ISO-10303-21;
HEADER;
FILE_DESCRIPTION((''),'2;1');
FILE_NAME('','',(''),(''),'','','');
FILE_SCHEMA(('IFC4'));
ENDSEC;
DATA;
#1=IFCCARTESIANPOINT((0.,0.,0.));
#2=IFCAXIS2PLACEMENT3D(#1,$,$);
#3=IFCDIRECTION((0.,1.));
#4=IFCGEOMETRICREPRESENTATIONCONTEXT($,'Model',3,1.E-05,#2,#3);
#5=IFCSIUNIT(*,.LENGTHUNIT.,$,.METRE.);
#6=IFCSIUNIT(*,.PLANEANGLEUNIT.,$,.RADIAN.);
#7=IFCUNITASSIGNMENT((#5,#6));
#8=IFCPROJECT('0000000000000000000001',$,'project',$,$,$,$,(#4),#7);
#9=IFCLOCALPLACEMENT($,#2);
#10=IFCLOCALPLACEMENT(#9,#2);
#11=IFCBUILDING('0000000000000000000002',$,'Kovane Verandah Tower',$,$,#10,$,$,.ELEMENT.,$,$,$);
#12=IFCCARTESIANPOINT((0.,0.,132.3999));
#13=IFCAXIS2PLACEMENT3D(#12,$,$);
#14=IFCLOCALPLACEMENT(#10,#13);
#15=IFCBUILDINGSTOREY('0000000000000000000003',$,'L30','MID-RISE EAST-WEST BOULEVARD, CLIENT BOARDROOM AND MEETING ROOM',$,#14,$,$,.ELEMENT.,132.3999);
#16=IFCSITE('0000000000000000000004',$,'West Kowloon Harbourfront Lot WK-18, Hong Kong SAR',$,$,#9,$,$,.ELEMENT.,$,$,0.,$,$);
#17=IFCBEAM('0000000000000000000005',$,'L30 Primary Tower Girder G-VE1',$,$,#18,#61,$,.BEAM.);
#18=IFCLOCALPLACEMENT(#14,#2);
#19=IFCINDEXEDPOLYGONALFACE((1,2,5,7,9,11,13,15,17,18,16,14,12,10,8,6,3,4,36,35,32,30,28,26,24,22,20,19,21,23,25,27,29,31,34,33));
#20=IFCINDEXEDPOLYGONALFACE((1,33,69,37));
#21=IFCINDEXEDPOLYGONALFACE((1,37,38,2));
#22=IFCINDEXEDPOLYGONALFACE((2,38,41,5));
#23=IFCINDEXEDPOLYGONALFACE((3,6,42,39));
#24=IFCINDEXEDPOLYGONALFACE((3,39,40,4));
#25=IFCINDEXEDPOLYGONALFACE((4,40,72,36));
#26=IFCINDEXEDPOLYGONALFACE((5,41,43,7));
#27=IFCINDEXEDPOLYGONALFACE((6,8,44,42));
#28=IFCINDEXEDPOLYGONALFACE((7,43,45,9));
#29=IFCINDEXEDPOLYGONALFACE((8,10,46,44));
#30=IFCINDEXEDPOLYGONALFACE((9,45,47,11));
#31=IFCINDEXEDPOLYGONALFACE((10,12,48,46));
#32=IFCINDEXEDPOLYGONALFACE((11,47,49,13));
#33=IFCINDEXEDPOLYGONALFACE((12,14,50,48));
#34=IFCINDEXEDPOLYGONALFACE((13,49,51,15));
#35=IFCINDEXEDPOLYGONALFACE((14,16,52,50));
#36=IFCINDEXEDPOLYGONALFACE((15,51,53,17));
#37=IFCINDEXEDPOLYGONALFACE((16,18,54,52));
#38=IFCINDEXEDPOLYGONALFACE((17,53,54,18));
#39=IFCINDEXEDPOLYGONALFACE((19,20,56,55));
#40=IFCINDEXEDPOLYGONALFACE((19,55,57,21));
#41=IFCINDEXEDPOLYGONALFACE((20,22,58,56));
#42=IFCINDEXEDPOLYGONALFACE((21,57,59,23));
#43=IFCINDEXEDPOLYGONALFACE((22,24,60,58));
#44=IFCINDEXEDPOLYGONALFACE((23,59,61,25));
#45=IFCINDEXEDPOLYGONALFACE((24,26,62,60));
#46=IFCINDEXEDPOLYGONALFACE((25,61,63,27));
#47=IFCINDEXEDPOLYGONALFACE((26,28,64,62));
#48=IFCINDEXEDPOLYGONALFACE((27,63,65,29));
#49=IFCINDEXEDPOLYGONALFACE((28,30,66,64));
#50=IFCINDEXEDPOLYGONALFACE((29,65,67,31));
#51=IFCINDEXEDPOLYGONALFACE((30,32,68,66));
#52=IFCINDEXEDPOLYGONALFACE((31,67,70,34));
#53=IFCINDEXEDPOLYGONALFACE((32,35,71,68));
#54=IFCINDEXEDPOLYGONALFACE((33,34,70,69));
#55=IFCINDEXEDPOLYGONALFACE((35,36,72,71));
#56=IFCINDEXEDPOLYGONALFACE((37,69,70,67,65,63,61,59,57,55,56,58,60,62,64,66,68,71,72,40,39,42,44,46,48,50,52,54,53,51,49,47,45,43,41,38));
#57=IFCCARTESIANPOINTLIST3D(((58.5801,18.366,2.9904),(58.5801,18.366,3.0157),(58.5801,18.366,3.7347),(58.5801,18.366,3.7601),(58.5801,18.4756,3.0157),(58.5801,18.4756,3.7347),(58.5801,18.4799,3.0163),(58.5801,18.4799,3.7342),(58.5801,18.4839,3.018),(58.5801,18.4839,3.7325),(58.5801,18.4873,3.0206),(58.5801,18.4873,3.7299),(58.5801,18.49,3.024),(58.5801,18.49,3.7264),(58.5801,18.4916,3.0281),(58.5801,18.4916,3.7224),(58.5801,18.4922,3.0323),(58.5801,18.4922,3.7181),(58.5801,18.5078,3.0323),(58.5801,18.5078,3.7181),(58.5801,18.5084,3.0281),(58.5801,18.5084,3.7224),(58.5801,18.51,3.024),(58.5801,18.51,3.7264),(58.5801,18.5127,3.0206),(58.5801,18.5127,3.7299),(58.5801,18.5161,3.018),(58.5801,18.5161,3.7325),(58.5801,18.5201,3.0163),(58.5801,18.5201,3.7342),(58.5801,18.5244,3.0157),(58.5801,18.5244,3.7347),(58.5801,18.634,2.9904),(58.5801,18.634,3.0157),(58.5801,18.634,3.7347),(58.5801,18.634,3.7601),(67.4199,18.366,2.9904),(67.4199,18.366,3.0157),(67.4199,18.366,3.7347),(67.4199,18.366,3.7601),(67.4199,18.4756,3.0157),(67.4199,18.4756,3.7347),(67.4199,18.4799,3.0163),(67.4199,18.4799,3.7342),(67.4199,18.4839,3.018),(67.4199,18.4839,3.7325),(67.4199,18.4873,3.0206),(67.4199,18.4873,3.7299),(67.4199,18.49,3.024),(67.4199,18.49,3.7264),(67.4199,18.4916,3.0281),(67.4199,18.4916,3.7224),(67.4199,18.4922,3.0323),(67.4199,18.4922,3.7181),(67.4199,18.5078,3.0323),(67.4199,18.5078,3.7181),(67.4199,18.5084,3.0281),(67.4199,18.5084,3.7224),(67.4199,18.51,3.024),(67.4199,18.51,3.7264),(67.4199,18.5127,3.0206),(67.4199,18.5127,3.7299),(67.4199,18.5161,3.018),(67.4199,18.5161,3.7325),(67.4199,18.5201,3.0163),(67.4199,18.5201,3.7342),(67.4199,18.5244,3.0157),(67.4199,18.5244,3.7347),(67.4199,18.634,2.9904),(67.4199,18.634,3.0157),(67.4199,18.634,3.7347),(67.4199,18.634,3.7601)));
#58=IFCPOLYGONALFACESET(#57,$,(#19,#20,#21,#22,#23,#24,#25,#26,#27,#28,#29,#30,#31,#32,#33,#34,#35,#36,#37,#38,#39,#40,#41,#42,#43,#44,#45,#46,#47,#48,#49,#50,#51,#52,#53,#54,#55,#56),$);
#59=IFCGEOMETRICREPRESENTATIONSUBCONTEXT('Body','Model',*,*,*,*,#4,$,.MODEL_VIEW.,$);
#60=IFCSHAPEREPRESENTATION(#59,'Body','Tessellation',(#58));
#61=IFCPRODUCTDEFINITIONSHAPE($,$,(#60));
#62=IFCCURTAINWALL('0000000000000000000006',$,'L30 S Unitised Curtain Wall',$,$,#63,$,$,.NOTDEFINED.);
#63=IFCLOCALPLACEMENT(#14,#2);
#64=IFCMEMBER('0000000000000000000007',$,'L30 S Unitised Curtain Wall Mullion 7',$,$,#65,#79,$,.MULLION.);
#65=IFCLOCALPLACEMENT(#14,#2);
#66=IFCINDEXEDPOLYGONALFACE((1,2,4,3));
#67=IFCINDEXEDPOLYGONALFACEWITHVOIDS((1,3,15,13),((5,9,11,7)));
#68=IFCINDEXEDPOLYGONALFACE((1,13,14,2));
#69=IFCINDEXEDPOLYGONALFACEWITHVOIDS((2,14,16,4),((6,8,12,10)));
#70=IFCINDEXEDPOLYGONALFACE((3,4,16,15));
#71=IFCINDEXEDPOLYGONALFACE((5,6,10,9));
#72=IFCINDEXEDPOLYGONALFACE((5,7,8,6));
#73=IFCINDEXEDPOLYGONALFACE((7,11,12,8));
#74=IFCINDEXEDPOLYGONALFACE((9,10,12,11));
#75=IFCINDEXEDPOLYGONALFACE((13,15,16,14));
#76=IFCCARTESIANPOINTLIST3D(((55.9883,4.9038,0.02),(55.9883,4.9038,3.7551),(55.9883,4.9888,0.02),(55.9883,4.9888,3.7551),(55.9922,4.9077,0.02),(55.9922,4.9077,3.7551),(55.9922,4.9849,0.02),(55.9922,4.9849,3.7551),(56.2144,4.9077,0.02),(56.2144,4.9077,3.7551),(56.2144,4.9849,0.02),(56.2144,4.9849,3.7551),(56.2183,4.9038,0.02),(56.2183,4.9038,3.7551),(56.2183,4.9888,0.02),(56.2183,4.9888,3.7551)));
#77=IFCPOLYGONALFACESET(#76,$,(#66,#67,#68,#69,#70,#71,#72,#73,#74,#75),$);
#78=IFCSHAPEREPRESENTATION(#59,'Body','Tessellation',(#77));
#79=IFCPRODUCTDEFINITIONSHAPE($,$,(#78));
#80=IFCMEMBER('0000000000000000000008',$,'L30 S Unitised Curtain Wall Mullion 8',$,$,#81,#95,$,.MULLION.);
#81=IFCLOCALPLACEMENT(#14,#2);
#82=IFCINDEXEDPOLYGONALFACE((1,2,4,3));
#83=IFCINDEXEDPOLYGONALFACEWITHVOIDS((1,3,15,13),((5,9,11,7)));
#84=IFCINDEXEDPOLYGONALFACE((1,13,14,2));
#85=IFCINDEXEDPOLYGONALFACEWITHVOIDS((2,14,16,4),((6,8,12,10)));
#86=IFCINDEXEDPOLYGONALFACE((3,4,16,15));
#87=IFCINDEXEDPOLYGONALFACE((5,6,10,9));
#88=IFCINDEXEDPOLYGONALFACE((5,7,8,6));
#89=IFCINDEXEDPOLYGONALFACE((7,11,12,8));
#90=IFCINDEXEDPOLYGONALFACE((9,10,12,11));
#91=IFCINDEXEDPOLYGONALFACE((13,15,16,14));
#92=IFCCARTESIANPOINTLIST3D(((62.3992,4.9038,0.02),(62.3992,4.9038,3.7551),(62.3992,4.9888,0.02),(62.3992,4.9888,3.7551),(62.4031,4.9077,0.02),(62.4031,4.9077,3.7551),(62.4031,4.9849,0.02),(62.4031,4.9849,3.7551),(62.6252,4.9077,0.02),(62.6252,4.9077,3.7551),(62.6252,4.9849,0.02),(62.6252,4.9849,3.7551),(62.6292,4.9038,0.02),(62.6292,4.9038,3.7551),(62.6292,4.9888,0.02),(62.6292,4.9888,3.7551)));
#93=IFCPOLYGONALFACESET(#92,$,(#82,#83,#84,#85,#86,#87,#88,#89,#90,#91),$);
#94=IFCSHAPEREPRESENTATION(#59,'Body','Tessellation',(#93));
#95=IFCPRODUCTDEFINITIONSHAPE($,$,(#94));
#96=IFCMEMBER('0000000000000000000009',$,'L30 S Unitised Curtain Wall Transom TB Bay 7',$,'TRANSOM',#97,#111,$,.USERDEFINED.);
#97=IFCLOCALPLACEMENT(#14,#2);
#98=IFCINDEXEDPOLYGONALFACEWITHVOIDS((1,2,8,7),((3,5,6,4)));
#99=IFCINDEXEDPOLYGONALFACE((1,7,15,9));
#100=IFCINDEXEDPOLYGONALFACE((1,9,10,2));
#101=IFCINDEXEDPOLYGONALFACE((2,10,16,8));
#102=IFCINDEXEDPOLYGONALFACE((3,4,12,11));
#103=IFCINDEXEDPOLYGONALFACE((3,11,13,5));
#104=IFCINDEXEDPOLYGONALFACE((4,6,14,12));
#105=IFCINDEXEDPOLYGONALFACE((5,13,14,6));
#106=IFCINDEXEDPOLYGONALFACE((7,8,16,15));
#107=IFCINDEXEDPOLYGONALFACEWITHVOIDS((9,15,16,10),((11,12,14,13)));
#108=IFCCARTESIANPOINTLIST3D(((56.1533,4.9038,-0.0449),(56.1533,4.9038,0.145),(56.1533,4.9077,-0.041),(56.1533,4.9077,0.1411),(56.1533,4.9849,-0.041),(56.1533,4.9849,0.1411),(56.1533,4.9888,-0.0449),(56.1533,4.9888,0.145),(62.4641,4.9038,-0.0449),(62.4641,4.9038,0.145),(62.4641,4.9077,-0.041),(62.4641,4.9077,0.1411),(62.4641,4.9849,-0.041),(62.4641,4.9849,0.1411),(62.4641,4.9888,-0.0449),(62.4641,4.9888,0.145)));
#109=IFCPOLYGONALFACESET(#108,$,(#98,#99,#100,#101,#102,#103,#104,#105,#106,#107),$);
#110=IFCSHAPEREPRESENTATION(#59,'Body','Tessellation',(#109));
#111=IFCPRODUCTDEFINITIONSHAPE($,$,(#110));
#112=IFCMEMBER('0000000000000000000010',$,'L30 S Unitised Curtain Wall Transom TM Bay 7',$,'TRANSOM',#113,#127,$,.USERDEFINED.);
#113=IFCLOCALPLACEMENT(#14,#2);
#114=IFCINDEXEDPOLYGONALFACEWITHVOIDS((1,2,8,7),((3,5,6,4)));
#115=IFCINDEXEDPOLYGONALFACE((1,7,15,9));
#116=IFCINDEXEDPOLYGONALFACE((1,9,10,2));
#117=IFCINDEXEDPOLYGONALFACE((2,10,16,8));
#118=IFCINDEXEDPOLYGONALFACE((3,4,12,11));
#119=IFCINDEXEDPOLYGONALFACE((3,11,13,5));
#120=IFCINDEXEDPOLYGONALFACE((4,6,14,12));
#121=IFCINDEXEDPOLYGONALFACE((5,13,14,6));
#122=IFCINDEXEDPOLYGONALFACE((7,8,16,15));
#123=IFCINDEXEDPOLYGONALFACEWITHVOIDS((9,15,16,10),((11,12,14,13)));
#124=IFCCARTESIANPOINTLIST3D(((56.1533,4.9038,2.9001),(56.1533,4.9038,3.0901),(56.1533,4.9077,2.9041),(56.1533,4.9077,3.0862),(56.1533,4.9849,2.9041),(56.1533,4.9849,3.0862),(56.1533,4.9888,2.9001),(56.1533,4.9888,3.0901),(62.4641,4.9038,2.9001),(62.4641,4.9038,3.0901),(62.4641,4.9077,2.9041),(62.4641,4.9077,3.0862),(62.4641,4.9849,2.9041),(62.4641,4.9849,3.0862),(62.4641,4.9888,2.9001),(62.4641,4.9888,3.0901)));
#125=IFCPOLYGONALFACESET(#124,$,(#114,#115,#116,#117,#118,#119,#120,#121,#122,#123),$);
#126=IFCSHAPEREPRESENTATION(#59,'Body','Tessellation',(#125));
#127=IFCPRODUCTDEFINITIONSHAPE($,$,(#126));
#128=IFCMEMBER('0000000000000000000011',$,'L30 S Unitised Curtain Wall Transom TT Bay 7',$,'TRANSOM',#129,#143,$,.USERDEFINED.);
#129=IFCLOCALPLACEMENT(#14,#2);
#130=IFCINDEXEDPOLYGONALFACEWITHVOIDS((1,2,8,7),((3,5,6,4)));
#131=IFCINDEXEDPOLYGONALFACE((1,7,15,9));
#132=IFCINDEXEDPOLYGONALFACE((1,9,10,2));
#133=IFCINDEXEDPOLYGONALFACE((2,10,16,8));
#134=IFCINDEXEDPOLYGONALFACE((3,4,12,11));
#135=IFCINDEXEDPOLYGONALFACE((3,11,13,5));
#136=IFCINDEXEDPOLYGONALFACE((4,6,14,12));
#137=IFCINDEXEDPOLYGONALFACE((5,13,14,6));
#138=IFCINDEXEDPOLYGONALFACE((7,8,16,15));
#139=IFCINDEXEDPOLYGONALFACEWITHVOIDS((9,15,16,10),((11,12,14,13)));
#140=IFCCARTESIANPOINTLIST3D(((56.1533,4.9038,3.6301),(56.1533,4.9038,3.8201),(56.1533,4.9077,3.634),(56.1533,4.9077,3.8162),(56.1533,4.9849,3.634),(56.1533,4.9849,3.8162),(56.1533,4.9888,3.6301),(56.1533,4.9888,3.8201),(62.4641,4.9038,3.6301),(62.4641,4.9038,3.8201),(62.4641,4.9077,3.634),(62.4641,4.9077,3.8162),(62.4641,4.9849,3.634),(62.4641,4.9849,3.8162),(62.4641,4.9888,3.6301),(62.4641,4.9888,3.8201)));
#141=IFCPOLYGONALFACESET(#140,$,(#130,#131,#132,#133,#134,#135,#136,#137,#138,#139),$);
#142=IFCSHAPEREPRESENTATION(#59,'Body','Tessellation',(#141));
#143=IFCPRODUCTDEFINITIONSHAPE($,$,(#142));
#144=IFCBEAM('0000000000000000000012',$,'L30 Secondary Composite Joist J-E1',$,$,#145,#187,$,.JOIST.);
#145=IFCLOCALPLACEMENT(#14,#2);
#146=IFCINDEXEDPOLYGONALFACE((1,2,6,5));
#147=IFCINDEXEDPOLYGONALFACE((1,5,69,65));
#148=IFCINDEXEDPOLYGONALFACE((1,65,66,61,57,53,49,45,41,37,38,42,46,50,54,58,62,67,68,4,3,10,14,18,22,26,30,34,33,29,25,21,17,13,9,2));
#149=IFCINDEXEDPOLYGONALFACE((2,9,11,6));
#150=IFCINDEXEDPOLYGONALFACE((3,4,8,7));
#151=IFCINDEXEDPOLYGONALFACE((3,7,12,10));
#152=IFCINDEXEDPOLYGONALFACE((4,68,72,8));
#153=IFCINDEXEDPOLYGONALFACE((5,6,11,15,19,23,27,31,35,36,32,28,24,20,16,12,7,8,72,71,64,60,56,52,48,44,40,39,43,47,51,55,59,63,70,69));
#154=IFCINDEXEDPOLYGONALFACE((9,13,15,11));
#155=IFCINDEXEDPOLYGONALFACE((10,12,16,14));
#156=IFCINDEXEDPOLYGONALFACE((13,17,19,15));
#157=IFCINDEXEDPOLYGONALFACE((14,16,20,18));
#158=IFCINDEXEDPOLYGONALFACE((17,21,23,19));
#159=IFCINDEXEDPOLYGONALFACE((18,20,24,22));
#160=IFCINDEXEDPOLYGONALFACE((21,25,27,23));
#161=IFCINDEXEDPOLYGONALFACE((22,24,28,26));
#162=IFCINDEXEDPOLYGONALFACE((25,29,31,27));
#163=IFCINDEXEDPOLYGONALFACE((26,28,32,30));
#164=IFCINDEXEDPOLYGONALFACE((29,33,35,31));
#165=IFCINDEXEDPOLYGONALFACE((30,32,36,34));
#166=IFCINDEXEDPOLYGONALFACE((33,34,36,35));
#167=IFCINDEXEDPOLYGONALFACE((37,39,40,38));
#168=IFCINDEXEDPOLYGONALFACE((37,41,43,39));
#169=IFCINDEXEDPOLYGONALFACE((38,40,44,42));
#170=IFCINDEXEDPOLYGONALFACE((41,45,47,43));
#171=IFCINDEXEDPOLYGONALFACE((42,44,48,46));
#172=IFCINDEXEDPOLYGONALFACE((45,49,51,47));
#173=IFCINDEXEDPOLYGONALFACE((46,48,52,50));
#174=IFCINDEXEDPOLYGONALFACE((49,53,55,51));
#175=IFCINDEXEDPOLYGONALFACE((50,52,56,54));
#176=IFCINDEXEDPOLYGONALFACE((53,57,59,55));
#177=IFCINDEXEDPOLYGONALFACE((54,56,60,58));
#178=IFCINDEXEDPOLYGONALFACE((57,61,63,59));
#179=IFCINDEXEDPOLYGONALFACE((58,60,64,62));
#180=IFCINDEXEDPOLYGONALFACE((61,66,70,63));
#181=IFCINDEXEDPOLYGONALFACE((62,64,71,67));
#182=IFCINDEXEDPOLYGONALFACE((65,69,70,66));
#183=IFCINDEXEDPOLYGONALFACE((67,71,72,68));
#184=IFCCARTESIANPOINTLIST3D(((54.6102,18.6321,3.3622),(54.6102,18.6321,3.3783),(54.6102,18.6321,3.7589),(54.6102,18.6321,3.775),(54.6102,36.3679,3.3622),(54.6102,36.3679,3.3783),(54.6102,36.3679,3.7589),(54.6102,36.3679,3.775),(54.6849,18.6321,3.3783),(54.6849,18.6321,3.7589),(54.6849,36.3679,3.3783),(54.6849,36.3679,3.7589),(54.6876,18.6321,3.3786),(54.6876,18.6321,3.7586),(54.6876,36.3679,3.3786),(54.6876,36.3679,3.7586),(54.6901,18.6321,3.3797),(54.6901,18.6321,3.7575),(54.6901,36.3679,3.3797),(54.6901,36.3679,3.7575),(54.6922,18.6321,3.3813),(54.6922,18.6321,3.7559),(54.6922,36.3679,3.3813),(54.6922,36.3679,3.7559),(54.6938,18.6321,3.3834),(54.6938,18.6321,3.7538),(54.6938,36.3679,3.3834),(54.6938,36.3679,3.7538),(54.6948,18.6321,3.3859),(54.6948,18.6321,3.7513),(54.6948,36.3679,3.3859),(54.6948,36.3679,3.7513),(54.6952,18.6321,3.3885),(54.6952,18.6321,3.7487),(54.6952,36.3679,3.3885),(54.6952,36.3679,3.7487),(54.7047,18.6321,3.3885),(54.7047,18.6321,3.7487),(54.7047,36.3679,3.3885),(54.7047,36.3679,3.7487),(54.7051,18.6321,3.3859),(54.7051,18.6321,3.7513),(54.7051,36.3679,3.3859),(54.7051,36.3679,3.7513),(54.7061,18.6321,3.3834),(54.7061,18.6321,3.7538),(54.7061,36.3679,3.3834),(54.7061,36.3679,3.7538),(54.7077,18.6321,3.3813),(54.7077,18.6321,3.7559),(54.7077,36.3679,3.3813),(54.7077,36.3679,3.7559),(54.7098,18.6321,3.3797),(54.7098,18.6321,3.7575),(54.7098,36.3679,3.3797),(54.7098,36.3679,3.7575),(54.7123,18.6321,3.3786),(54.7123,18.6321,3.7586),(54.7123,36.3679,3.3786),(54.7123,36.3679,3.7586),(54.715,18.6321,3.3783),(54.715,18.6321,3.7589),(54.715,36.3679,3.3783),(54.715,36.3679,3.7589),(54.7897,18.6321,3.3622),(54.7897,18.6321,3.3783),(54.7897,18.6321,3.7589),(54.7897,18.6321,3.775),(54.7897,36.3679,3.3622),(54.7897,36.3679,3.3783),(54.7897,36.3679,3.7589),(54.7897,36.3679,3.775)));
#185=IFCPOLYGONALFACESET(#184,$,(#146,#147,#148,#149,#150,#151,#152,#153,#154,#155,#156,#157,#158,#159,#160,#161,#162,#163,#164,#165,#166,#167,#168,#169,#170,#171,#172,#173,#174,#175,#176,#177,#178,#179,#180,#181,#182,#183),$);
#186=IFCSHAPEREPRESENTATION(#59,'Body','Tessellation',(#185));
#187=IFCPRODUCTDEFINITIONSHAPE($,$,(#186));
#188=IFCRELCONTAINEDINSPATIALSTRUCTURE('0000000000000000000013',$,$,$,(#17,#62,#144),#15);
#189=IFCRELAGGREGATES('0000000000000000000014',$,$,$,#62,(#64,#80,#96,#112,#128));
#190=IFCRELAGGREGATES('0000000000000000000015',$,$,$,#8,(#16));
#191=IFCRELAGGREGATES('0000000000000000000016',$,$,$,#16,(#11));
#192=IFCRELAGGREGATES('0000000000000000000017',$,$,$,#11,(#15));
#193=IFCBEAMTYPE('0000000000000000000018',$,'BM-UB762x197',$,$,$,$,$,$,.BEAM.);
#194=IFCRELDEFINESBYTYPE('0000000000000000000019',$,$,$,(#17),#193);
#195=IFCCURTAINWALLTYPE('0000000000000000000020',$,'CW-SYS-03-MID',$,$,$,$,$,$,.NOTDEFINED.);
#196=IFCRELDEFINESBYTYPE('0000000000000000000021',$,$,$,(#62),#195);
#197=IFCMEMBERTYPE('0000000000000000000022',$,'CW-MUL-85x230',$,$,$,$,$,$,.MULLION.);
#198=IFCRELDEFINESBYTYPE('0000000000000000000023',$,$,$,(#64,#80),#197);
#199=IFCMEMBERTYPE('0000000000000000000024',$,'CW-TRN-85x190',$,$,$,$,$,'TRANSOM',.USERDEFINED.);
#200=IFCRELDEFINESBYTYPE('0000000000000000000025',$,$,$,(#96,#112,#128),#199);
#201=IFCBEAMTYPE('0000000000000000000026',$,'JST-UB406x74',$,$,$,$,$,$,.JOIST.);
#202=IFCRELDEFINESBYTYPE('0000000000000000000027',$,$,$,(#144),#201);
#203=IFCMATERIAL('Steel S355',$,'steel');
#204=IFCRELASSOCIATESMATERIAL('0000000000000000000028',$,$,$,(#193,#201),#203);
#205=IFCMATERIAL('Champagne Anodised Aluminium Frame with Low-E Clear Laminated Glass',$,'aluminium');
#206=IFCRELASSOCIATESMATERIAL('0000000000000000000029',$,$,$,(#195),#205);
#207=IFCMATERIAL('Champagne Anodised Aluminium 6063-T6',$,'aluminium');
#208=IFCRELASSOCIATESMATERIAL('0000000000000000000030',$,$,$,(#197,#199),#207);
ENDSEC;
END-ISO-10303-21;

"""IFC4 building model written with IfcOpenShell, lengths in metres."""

from ifc_helpers import new_model, si_unit, direction, frame, origin, origin_2d, place, context, subcontext, project, spatial, hollow_rectangle, i_section, extrude, material, material_profile, profile_set, type_object, element, aggregate, save


model = new_model("IFC4")

# Units and contexts
model_context = context("Model", 3, precision=1e-05, world=origin(), true_north=direction((0.0, 1.0)))
body_context = subcontext(model_context, "Body", "Model", "MODEL_VIEW")
ifc_project = project(units=[si_unit("LENGTHUNIT", "METRE"), si_unit("PLANEANGLEUNIT", "RADIAN")], contexts=[model_context])

# Site, building, storey
site_placement = place(None, origin())
site = spatial("IfcSite", under=ifc_project, at=site_placement, Name="West Kowloon Harbourfront Lot WK-18, Hong Kong SAR", CompositionType="ELEMENT", RefElevation=0.0)
building_placement = place(site_placement, origin())
building = spatial("IfcBuilding", under=site, at=building_placement, Name="Kovane Verandah Tower", CompositionType="ELEMENT")
storey_placement = place(building_placement, frame((0.0, 0.0, 132.3999)))
storey = spatial("IfcBuildingStorey", under=building, at=storey_placement, Name="L30", Description="MID-RISE EAST-WEST BOULEVARD, CLIENT BOARDROOM AND MEETING ROOM", CompositionType="ELEMENT", Elevation=132.3999)

# Beam
ifc_material_1 = material(Name="Steel S355", Category="steel")
ifc_material_profile_1 = material_profile(ifc_material_1, i_section(OverallWidth=0.2681, OverallDepth=0.7698, WebThickness=0.0156, FlangeThickness=0.0254, FilletRadius=0.0166, at=origin_2d()), Name="UB762x267x197")
ifc_profile_set_1 = profile_set([ifc_material_profile_1], Name="Steel S355")
beam_type_1 = type_object("IfcBeamType", Name="BM-UB762x197", PredefinedType="BEAM", material=ifc_profile_set_1)
beam_1_placement = place(storey_placement, frame((58.5801, 18.5, 3.3752), z_axis=(1.0, 0.0, 0.0), x_axis=(0.0, 1.0, 0.0)))
element("IfcBeam", 1, at=beam_1_placement, inside=storey, type_object=beam_type_1, Name="L30 Primary Tower Girder G-VE1", PredefinedType="BEAM", context=body_context, shape_type="SweptSolid", body=[
    extrude(i_section(OverallWidth=0.2681, OverallDepth=0.7698, WebThickness=0.0156, FlangeThickness=0.0254, FilletRadius=0.0166, at=origin_2d()), origin(), (0.0, 0.0, 1.0), 8.8398),
])

# Curtain wall, members
ifc_material_2 = material(Name="Champagne Anodised Aluminium Frame with Low-E Clear Laminated Glass", Category="aluminium")
curtain_wall_type = type_object("IfcCurtainWallType", Name="CW-SYS-03-MID", PredefinedType="NOTDEFINED", material=ifc_material_2)
curtain_wall_placement = place(storey_placement, origin())
curtain_wall = element("IfcCurtainWall", 2, at=curtain_wall_placement, inside=storey, type_object=curtain_wall_type, Name="L30 S Unitised Curtain Wall", PredefinedType="NOTDEFINED")
ifc_material_3 = material(Name="Champagne Anodised Aluminium 6063-T6", Category="aluminium")
ifc_material_profile_2 = material_profile(ifc_material_3, hollow_rectangle(XDim=0.085, YDim=0.23, WallThickness=0.0039, at=origin_2d()), Name="AL85x230x4")
ifc_profile_set_2 = profile_set([ifc_material_profile_2], Name="Champagne Anodised Aluminium 6063-T6")
member_type_1 = type_object("IfcMemberType", Name="CW-MUL-85x230", PredefinedType="MULLION", material=ifc_profile_set_2)
member_1_placement = place(storey_placement, frame((56.1033, 4.9463, 0.02), z_axis=(0.0, 0.0, 1.0), x_axis=(0.0, -1.0, 0.0)))
member_1 = element("IfcMember", 3, at=member_1_placement, type_object=member_type_1, Name="L30 S Unitised Curtain Wall Mullion 7", PredefinedType="MULLION", context=body_context, shape_type="SweptSolid", body=[
    extrude(hollow_rectangle(XDim=0.085, YDim=0.23, WallThickness=0.0039, at=origin_2d()), origin(), (0.0, 0.0, 1.0), 3.7351),
])
member_2_placement = place(storey_placement, frame((62.5142, 4.9463, 0.02), z_axis=(0.0, 0.0, 1.0), x_axis=(0.0, -1.0, 0.0)))
member_2 = element("IfcMember", 4, at=member_2_placement, type_object=member_type_1, Name="L30 S Unitised Curtain Wall Mullion 8", PredefinedType="MULLION", context=body_context, shape_type="SweptSolid", body=[
    extrude(hollow_rectangle(XDim=0.085, YDim=0.23, WallThickness=0.0039, at=origin_2d()), origin(), (0.0, 0.0, 1.0), 3.7351),
])
ifc_material_profile_3 = material_profile(ifc_material_3, hollow_rectangle(XDim=0.085, YDim=0.1899, WallThickness=0.0039, at=origin_2d()), Name="AL85x190x4")
ifc_profile_set_3 = profile_set([ifc_material_profile_3], Name="Champagne Anodised Aluminium 6063-T6")
member_type_2 = type_object("IfcMemberType", Name="CW-TRN-85x190", ElementType="TRANSOM", PredefinedType="USERDEFINED", material=ifc_profile_set_3)
member_3_placement = place(storey_placement, frame((56.1533, 4.9463, 0.05), z_axis=(1.0, 0.0, 0.0), x_axis=(0.0, 1.0, 0.0)))
member_3 = element("IfcMember", 5, at=member_3_placement, type_object=member_type_2, Name="L30 S Unitised Curtain Wall Transom TB Bay 7", ObjectType="TRANSOM", PredefinedType="USERDEFINED", context=body_context, shape_type="SweptSolid", body=[
    extrude(hollow_rectangle(XDim=0.085, YDim=0.1899, WallThickness=0.0039, at=origin_2d()), origin(), (0.0, 0.0, 1.0), 6.3108),
])
member_4_placement = place(storey_placement, frame((56.1533, 4.9463, 2.9951), z_axis=(1.0, 0.0, 0.0), x_axis=(0.0, 1.0, 0.0)))
member_4 = element("IfcMember", 6, at=member_4_placement, type_object=member_type_2, Name="L30 S Unitised Curtain Wall Transom TM Bay 7", ObjectType="TRANSOM", PredefinedType="USERDEFINED", context=body_context, shape_type="SweptSolid", body=[
    extrude(hollow_rectangle(XDim=0.085, YDim=0.1899, WallThickness=0.0039, at=origin_2d()), origin(), (0.0, 0.0, 1.0), 6.3108),
])
member_5_placement = place(storey_placement, frame((56.1533, 4.9463, 3.7251), z_axis=(1.0, 0.0, 0.0), x_axis=(0.0, 1.0, 0.0)))
member_5 = element("IfcMember", 7, at=member_5_placement, type_object=member_type_2, Name="L30 S Unitised Curtain Wall Transom TT Bay 7", ObjectType="TRANSOM", PredefinedType="USERDEFINED", context=body_context, shape_type="SweptSolid", body=[
    extrude(hollow_rectangle(XDim=0.085, YDim=0.1899, WallThickness=0.0039, at=origin_2d()), origin(), (0.0, 0.0, 1.0), 6.3108),
])

# Beam
ifc_material_profile_4 = material_profile(ifc_material_1, i_section(OverallWidth=0.1794, OverallDepth=0.4128, WebThickness=0.0095, FlangeThickness=0.0161, FilletRadius=0.0103, at=origin_2d()), Name="UB406x178x74")
ifc_profile_set_4 = profile_set([ifc_material_profile_4], Name="Steel S355")
beam_type_2 = type_object("IfcBeamType", Name="JST-UB406x74", PredefinedType="JOIST", material=ifc_profile_set_4)
beam_2_placement = place(storey_placement, frame((54.7, 18.6321, 3.5686), z_axis=(0.0, 1.0, 0.0), x_axis=(-1.0, 0.0, 0.0)))
element("IfcBeam", 8, at=beam_2_placement, inside=storey, type_object=beam_type_2, Name="L30 Secondary Composite Joist J-E1", PredefinedType="JOIST", context=body_context, shape_type="SweptSolid", body=[
    extrude(i_section(OverallWidth=0.1794, OverallDepth=0.4128, WebThickness=0.0095, FlangeThickness=0.0161, FilletRadius=0.0103, at=origin_2d()), origin(), (0.0, 0.0, 1.0), 17.7358),
])

aggregate(curtain_wall, [member_1, member_2, member_3, member_4, member_5])

save(model, "model.ifc")
